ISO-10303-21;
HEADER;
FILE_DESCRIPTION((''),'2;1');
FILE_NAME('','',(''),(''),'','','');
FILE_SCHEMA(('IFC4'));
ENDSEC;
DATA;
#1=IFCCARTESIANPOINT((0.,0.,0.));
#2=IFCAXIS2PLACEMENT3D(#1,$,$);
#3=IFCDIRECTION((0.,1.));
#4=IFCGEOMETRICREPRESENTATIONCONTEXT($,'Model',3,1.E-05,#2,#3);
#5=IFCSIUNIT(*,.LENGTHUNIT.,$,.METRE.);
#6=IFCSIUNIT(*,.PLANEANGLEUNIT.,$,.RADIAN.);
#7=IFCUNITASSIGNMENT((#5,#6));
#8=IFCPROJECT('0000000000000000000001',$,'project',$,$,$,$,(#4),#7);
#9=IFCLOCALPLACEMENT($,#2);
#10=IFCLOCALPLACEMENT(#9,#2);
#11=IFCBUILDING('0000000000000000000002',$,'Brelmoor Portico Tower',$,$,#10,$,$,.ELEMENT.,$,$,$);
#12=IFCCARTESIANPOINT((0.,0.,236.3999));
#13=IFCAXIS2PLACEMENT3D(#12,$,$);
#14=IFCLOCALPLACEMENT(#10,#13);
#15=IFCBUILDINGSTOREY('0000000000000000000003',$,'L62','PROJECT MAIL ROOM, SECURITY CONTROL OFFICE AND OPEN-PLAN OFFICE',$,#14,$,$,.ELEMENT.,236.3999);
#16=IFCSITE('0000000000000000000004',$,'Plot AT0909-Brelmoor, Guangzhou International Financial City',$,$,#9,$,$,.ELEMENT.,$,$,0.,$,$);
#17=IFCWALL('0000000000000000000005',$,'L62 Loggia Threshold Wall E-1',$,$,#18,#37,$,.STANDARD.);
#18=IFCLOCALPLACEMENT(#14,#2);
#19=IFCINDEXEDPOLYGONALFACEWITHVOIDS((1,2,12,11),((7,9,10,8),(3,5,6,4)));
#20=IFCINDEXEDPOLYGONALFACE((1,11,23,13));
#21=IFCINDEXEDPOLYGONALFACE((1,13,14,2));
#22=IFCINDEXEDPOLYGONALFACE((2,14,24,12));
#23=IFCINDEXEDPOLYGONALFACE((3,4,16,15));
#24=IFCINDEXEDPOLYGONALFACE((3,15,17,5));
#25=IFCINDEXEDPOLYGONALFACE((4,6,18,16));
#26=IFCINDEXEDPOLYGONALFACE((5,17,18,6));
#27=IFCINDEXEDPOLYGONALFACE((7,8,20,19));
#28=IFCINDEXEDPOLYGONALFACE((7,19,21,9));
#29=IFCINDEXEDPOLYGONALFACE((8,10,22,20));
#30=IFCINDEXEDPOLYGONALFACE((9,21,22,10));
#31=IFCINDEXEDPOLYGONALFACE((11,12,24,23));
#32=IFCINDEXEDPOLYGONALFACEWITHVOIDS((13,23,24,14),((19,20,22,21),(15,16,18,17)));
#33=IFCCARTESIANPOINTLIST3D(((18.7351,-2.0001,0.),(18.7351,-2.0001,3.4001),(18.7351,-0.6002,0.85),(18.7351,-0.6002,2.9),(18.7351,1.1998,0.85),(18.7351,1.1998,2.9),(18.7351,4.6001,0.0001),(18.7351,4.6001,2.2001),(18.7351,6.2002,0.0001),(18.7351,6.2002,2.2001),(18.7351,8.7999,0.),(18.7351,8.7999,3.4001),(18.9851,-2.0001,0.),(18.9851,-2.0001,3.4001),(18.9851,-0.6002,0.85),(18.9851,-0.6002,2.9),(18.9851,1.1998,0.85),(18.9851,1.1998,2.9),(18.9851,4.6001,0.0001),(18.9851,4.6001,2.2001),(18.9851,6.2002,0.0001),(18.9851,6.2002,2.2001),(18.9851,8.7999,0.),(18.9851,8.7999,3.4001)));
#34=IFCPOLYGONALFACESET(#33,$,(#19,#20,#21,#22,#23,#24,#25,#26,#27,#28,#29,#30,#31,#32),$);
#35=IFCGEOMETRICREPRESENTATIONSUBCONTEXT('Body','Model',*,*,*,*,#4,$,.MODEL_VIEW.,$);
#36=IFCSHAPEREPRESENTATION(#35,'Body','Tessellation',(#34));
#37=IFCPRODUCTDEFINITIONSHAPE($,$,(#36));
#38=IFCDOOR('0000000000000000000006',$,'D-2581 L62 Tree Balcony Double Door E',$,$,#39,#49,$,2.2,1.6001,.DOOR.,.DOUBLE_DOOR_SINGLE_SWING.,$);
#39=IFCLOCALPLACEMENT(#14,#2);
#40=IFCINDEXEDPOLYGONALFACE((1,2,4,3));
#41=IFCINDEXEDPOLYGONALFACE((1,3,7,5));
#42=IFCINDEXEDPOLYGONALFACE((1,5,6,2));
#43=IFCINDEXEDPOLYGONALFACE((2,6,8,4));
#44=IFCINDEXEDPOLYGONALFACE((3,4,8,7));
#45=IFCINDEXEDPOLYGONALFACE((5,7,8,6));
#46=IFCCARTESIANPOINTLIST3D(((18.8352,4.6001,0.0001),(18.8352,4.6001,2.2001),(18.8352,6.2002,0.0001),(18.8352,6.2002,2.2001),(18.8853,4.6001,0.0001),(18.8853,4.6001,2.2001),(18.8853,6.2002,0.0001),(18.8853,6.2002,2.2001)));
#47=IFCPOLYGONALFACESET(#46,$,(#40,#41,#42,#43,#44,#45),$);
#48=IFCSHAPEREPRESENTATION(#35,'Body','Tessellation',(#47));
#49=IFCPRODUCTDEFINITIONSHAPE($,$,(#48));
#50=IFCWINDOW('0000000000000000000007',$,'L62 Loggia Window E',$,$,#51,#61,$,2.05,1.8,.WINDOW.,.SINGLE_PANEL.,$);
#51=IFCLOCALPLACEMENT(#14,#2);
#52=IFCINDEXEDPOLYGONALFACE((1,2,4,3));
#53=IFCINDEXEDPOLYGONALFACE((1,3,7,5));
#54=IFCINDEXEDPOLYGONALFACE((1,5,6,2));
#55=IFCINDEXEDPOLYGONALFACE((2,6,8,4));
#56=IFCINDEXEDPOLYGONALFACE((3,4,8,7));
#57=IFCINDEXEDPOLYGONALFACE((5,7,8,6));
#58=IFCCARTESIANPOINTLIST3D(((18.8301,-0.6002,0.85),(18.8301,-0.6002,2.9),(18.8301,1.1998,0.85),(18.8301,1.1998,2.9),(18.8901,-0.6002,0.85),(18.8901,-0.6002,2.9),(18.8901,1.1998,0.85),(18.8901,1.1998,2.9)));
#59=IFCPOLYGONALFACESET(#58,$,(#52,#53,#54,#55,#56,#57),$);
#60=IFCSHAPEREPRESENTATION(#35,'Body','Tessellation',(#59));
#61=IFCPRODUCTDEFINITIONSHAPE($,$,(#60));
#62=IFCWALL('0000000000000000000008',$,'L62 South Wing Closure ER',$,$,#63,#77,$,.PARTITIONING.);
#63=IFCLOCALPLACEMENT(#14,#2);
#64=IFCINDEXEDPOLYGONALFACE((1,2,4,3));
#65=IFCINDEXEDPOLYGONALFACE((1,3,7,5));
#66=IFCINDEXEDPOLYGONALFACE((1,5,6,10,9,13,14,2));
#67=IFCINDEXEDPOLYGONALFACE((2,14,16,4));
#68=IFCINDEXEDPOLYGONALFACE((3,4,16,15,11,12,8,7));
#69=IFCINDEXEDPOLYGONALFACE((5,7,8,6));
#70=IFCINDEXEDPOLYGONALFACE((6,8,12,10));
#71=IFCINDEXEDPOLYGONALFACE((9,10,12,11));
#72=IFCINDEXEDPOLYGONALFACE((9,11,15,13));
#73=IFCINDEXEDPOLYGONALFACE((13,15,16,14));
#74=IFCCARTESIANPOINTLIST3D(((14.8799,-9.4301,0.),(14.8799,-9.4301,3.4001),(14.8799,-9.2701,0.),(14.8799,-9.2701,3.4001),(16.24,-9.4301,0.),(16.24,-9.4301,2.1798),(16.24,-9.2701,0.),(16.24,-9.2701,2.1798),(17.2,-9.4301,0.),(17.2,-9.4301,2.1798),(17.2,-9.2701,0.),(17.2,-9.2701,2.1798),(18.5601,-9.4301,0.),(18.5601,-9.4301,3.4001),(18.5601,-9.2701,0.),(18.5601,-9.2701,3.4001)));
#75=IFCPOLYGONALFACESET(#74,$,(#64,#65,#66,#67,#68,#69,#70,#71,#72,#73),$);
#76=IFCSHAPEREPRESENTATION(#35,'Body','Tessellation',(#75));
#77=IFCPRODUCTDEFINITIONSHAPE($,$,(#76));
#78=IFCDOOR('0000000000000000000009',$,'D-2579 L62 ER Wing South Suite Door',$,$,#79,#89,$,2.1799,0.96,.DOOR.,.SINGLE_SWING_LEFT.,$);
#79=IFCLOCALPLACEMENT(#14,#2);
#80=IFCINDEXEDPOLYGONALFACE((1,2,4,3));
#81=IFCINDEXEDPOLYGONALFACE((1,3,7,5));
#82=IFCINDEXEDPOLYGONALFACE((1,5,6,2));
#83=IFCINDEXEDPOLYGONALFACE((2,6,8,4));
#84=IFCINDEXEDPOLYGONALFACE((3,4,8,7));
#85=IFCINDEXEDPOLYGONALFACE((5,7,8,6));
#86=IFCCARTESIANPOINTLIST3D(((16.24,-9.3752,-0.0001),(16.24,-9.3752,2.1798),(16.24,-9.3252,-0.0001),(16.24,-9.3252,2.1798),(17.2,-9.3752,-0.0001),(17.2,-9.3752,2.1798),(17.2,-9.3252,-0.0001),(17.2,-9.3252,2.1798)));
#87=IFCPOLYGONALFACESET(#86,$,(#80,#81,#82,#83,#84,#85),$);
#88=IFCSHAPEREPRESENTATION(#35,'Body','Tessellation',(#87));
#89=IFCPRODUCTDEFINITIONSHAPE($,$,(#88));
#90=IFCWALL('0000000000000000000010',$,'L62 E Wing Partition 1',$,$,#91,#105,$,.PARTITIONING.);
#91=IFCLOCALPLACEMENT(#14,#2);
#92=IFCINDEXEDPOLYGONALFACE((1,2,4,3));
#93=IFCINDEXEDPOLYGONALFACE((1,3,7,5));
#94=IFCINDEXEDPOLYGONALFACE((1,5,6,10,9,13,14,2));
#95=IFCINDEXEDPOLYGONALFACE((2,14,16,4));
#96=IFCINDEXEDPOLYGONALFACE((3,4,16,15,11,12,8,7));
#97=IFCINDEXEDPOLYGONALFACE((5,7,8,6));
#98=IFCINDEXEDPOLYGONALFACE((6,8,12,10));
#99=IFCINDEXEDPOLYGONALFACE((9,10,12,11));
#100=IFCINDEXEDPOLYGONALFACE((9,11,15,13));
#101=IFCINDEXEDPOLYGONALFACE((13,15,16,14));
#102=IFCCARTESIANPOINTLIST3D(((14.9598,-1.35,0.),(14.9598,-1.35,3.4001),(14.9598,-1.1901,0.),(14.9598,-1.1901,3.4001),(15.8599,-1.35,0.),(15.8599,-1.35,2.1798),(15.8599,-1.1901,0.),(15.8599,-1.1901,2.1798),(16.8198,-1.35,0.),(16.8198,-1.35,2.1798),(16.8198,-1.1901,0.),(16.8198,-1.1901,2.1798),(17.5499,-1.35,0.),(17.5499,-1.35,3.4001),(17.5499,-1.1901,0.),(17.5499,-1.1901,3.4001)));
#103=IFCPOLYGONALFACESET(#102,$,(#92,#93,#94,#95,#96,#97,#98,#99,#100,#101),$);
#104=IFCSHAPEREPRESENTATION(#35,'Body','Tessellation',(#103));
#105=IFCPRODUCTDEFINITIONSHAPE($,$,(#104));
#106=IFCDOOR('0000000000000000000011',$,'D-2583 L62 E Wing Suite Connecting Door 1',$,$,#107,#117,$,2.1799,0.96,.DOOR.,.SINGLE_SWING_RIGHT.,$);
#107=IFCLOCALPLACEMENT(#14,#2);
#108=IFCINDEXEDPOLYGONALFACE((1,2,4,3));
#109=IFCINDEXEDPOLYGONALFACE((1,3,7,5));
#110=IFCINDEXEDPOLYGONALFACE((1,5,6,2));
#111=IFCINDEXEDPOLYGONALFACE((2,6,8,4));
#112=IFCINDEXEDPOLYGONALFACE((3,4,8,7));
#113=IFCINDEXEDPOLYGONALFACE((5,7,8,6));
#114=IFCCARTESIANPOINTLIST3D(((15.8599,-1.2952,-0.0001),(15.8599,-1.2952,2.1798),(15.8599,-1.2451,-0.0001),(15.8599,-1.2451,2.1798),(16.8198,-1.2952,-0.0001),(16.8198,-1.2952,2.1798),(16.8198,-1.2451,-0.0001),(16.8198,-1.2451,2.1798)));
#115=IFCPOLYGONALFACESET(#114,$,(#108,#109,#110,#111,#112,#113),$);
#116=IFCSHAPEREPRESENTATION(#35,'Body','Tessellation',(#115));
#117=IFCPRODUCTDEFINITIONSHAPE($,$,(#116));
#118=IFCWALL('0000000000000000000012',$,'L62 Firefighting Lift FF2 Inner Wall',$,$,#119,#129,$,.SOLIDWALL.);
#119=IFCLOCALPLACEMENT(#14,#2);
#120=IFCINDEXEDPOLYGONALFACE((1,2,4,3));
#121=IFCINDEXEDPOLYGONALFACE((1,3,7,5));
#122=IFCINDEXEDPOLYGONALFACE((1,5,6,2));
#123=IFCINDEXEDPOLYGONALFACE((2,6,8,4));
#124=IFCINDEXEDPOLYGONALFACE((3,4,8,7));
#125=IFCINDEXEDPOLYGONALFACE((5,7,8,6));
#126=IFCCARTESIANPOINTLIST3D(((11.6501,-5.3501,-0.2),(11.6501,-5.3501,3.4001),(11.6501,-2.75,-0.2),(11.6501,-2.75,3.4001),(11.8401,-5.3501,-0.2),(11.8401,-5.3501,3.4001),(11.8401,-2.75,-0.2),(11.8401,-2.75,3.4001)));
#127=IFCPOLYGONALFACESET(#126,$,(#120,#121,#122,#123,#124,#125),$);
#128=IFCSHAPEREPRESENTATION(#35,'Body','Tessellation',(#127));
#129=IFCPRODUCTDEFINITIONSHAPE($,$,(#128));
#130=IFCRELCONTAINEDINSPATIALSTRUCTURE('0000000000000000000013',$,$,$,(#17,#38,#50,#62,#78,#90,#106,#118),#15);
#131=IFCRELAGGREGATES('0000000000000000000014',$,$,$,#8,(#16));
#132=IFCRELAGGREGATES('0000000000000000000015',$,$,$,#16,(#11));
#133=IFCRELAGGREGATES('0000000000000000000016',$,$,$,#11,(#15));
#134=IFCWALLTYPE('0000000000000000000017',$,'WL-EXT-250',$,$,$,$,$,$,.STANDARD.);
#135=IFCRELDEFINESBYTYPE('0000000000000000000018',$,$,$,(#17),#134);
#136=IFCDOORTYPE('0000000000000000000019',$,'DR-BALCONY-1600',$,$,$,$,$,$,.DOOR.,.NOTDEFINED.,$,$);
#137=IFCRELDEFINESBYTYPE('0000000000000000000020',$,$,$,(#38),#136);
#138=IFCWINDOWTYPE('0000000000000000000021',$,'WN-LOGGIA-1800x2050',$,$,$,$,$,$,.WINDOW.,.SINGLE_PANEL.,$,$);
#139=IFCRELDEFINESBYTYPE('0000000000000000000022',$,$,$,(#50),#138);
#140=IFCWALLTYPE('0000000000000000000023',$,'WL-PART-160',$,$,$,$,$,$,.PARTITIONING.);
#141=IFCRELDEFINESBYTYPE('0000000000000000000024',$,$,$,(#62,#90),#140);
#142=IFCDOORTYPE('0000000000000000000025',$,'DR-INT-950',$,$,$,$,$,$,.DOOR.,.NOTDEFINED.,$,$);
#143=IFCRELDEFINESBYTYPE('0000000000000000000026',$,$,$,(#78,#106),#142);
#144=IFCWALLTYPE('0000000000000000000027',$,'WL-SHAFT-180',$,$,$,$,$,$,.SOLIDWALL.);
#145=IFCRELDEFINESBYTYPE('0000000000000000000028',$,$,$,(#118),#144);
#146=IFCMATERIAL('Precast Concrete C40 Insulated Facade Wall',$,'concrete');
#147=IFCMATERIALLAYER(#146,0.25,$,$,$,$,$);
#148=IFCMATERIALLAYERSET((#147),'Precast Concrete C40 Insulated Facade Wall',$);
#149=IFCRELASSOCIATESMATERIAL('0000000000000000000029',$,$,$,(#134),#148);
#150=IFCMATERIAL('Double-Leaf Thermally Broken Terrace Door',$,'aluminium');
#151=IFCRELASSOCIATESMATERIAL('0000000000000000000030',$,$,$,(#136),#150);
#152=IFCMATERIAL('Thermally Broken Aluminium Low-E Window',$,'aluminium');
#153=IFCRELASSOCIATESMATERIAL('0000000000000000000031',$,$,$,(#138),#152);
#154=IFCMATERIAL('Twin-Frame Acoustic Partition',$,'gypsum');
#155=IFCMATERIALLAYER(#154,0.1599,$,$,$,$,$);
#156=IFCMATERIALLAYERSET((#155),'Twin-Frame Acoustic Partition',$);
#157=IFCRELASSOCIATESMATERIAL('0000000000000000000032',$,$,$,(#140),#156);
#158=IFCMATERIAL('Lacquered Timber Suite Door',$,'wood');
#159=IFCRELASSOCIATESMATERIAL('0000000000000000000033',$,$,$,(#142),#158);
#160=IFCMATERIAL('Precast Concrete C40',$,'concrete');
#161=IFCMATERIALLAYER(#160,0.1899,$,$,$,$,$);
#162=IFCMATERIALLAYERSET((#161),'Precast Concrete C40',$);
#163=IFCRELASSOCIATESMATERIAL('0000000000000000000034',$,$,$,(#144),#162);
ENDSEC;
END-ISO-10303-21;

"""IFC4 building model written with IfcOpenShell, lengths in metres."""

from ifc_helpers import new_model, si_unit, direction, frame, frame_2d, origin, place, context, subcontext, project, spatial, rectangle, extrude, material, layer, layer_set, type_object, element, fill, save


model = new_model("IFC4")

# Units and contexts
model_context = context("Model", 3, precision=1e-05, world=origin(), true_north=direction((0.0, 1.0)))
body_context = subcontext(model_context, "Body", "Model", "MODEL_VIEW")
ifc_project = project(units=[si_unit("LENGTHUNIT", "METRE"), si_unit("PLANEANGLEUNIT", "RADIAN")], contexts=[model_context])

# Site, building, storey
site_placement = place(None, origin())
site = spatial("IfcSite", under=ifc_project, at=site_placement, Name="Plot AT0909-Brelmoor, Guangzhou International Financial City", CompositionType="ELEMENT", RefElevation=0.0)
building_placement = place(site_placement, origin())
building = spatial("IfcBuilding", under=site, at=building_placement, Name="Brelmoor Portico Tower", CompositionType="ELEMENT")
storey_placement = place(building_placement, frame((0.0, 0.0, 236.3999)))
storey = spatial("IfcBuildingStorey", under=building, at=storey_placement, Name="L62", Description="PROJECT MAIL ROOM, SECURITY CONTROL OFFICE AND OPEN-PLAN OFFICE", CompositionType="ELEMENT", Elevation=236.3999)

# Wall, openings, door, window
ifc_material_1 = material(Name="Precast Concrete C40 Insulated Facade Wall", Category="concrete")
ifc_layer_1 = layer(ifc_material_1, 0.25)
ifc_layer_set_1 = layer_set([ifc_layer_1], Name="Precast Concrete C40 Insulated Facade Wall")
wall_type_1 = type_object("IfcWallType", Name="WL-EXT-250", PredefinedType="STANDARD", material=ifc_layer_set_1)
wall_1_placement = place(storey_placement, frame((18.8601, -2.0, 0.0), z_axis=(0.0, 0.0, 1.0), x_axis=(0.0, 1.0, 0.0)))
wall_1 = element("IfcWall", 1, at=wall_1_placement, inside=storey, type_object=wall_type_1, Name="L62 Loggia Threshold Wall E-1", PredefinedType="STANDARD", context=body_context, shape_type="SweptSolid", body=[
    extrude(rectangle(XDim=10.8, YDim=0.25, at=frame_2d((5.3999, 0.0))), origin(), (0.0, 0.0, 1.0), 3.4001),
])
opening_1_placement = place(wall_1_placement, frame((6.6001, 0.0, 0.0)))
opening_1 = element("IfcOpeningElement", 2, at=opening_1_placement, cuts=wall_1, PredefinedType="OPENING", context=body_context, shape_type="SweptSolid", body=[
    extrude(rectangle(XDim=1.6001, YDim=2.2, at=frame_2d((0.8, 1.1001))), frame((0.0, 0.135, 0.0), z_axis=(0.0, -1.0, 0.0), x_axis=(1.0, 0.0, 0.0)), (0.0, 0.0, 1.0), 0.27),
])
opening_2_placement = place(wall_1_placement, frame((1.3999, 0.0, 0.8501)))
opening_2 = element("IfcOpeningElement", 3, at=opening_2_placement, cuts=wall_1, PredefinedType="OPENING", context=body_context, shape_type="SweptSolid", body=[
    extrude(rectangle(XDim=1.8, YDim=2.05, at=frame_2d((0.8999, 1.0249))), frame((0.0, 0.135, 0.0), z_axis=(0.0, -1.0, 0.0), x_axis=(1.0, 0.0, 0.0)), (0.0, 0.0, 1.0), 0.27),
])
ifc_material_2 = material(Name="Double-Leaf Thermally Broken Terrace Door", Category="aluminium")
door_type_1 = type_object("IfcDoorType", Name="DR-BALCONY-1600", OperationType="NOTDEFINED", PredefinedType="DOOR", material=ifc_material_2)
door_1_placement = place(opening_1_placement, origin())
door_1 = element("IfcDoor", 4, at=door_1_placement, inside=storey, type_object=door_type_1, Name="D-2581 L62 Tree Balcony Double Door E", OperationType="DOUBLE_DOOR_SINGLE_SWING", OverallHeight=2.2, OverallWidth=1.6001, PredefinedType="DOOR", context=body_context, shape_type="SweptSolid", body=[
    extrude(rectangle(XDim=1.6001, YDim=2.2, at=frame_2d((0.8, 1.1001))), frame((0.0, 0.0249, 0.0), z_axis=(0.0, -1.0, 0.0), x_axis=(1.0, 0.0, 0.0)), (0.0, 0.0, 1.0), 0.05),
])
fill(opening_1, door_1)
ifc_material_3 = material(Name="Thermally Broken Aluminium Low-E Window", Category="aluminium")
window_type = type_object("IfcWindowType", Name="WN-LOGGIA-1800x2050", PartitioningType="SINGLE_PANEL", PredefinedType="WINDOW", material=ifc_material_3)
window_placement = place(opening_2_placement, origin())
window = element("IfcWindow", 5, at=window_placement, inside=storey, type_object=window_type, Name="L62 Loggia Window E", OverallHeight=2.05, OverallWidth=1.8, PartitioningType="SINGLE_PANEL", PredefinedType="WINDOW", context=body_context, shape_type="SweptSolid", body=[
    extrude(rectangle(XDim=1.8, YDim=2.05, at=frame_2d((0.8999, 1.0249))), frame((0.0, 0.03, 0.0), z_axis=(0.0, -1.0, 0.0), x_axis=(1.0, 0.0, 0.0)), (0.0, 0.0, 1.0), 0.0601),
])
fill(opening_2, window)

# Walls, openings, doors
ifc_material_4 = material(Name="Twin-Frame Acoustic Partition", Category="gypsum")
ifc_layer_2 = layer(ifc_material_4, 0.1599)
ifc_layer_set_2 = layer_set([ifc_layer_2], Name="Twin-Frame Acoustic Partition")
wall_type_2 = type_object("IfcWallType", Name="WL-PART-160", PredefinedType="PARTITIONING", material=ifc_layer_set_2)
wall_2_placement = place(storey_placement, frame((14.8799, -9.3501, 0.0), z_axis=(0.0, 0.0, 1.0), x_axis=(1.0, 0.0, 0.0)))
wall_2 = element("IfcWall", 6, at=wall_2_placement, inside=storey, type_object=wall_type_2, Name="L62 South Wing Closure ER", PredefinedType="PARTITIONING", context=body_context, shape_type="SweptSolid", body=[
    extrude(rectangle(XDim=3.6802, YDim=0.1599, at=frame_2d((1.8401, 0.0))), origin(), (0.0, 0.0, 1.0), 3.4001),
])
opening_3_placement = place(wall_2_placement, frame((1.3601, 0.0, 0.0)))
opening_3 = element("IfcOpeningElement", 7, at=opening_3_placement, cuts=wall_2, PredefinedType="OPENING", context=body_context, shape_type="SweptSolid", body=[
    extrude(rectangle(XDim=0.96, YDim=2.1799, at=frame_2d((0.48, 1.0898))), frame((0.0, 0.0898, 0.0), z_axis=(0.0, -1.0, 0.0), x_axis=(1.0, 0.0, 0.0)), (0.0, 0.0, 1.0), 0.1799),
])
ifc_material_5 = material(Name="Lacquered Timber Suite Door", Category="wood")
door_type_2 = type_object("IfcDoorType", Name="DR-INT-950", OperationType="NOTDEFINED", PredefinedType="DOOR", material=ifc_material_5)
door_2_placement = place(opening_3_placement, origin())
door_2 = element("IfcDoor", 8, at=door_2_placement, inside=storey, type_object=door_type_2, Name="D-2579 L62 ER Wing South Suite Door", OperationType="SINGLE_SWING_LEFT", OverallHeight=2.1799, OverallWidth=0.96, PredefinedType="DOOR", context=body_context, shape_type="SweptSolid", body=[
    extrude(rectangle(XDim=0.96, YDim=2.1799, at=frame_2d((0.48, 1.0898))), frame((0.0, 0.0249, 0.0), z_axis=(0.0, -1.0, 0.0), x_axis=(1.0, 0.0, 0.0)), (0.0, 0.0, 1.0), 0.05),
])
fill(opening_3, door_2)
wall_3_placement = place(storey_placement, frame((14.96, -1.27, 0.0), z_axis=(0.0, 0.0, 1.0), x_axis=(1.0, 0.0, 0.0)))
wall_3 = element("IfcWall", 9, at=wall_3_placement, inside=storey, type_object=wall_type_2, Name="L62 E Wing Partition 1", PredefinedType="PARTITIONING", context=body_context, shape_type="SweptSolid", body=[
    extrude(rectangle(XDim=2.5901, YDim=0.1599, at=frame_2d((1.2949, 0.0))), origin(), (0.0, 0.0, 1.0), 3.4001),
])
opening_4_placement = place(wall_3_placement, frame((0.8999, 0.0, 0.0)))
opening_4 = element("IfcOpeningElement", 10, at=opening_4_placement, cuts=wall_3, PredefinedType="OPENING", context=body_context, shape_type="SweptSolid", body=[
    extrude(rectangle(XDim=0.96, YDim=2.1799, at=frame_2d((0.48, 1.0898))), frame((0.0, 0.0898, 0.0), z_axis=(0.0, -1.0, 0.0), x_axis=(1.0, 0.0, 0.0)), (0.0, 0.0, 1.0), 0.1799),
])
door_3_placement = place(opening_4_placement, origin())
door_3 = element("IfcDoor", 11, at=door_3_placement, inside=storey, type_object=door_type_2, Name="D-2583 L62 E Wing Suite Connecting Door 1", OperationType="SINGLE_SWING_RIGHT", OverallHeight=2.1799, OverallWidth=0.96, PredefinedType="DOOR", context=body_context, shape_type="SweptSolid", body=[
    extrude(rectangle(XDim=0.96, YDim=2.1799, at=frame_2d((0.48, 1.0898))), frame((0.0, 0.0249, 0.0), z_axis=(0.0, -1.0, 0.0), x_axis=(1.0, 0.0, 0.0)), (0.0, 0.0, 1.0), 0.05),
])
fill(opening_4, door_3)

# Wall
ifc_material_6 = material(Name="Precast Concrete C40", Category="concrete")
ifc_layer_3 = layer(ifc_material_6, 0.1899)
ifc_layer_set_3 = layer_set([ifc_layer_3], Name="Precast Concrete C40")
wall_type_3 = type_object("IfcWallType", Name="WL-SHAFT-180", PredefinedType="SOLIDWALL", material=ifc_layer_set_3)
wall_4_placement = place(storey_placement, frame((11.7451, -5.3501, -0.2), z_axis=(0.0, 0.0, 1.0), x_axis=(0.0, 1.0, 0.0)))
element("IfcWall", 12, at=wall_4_placement, inside=storey, type_object=wall_type_3, Name="L62 Firefighting Lift FF2 Inner Wall", PredefinedType="SOLIDWALL", context=body_context, shape_type="SweptSolid", body=[
    extrude(rectangle(XDim=2.6001, YDim=0.1899, at=frame_2d((1.3, 0.0))), origin(), (0.0, 0.0, 1.0), 3.6001),
])

save(model, "model.ifc")
